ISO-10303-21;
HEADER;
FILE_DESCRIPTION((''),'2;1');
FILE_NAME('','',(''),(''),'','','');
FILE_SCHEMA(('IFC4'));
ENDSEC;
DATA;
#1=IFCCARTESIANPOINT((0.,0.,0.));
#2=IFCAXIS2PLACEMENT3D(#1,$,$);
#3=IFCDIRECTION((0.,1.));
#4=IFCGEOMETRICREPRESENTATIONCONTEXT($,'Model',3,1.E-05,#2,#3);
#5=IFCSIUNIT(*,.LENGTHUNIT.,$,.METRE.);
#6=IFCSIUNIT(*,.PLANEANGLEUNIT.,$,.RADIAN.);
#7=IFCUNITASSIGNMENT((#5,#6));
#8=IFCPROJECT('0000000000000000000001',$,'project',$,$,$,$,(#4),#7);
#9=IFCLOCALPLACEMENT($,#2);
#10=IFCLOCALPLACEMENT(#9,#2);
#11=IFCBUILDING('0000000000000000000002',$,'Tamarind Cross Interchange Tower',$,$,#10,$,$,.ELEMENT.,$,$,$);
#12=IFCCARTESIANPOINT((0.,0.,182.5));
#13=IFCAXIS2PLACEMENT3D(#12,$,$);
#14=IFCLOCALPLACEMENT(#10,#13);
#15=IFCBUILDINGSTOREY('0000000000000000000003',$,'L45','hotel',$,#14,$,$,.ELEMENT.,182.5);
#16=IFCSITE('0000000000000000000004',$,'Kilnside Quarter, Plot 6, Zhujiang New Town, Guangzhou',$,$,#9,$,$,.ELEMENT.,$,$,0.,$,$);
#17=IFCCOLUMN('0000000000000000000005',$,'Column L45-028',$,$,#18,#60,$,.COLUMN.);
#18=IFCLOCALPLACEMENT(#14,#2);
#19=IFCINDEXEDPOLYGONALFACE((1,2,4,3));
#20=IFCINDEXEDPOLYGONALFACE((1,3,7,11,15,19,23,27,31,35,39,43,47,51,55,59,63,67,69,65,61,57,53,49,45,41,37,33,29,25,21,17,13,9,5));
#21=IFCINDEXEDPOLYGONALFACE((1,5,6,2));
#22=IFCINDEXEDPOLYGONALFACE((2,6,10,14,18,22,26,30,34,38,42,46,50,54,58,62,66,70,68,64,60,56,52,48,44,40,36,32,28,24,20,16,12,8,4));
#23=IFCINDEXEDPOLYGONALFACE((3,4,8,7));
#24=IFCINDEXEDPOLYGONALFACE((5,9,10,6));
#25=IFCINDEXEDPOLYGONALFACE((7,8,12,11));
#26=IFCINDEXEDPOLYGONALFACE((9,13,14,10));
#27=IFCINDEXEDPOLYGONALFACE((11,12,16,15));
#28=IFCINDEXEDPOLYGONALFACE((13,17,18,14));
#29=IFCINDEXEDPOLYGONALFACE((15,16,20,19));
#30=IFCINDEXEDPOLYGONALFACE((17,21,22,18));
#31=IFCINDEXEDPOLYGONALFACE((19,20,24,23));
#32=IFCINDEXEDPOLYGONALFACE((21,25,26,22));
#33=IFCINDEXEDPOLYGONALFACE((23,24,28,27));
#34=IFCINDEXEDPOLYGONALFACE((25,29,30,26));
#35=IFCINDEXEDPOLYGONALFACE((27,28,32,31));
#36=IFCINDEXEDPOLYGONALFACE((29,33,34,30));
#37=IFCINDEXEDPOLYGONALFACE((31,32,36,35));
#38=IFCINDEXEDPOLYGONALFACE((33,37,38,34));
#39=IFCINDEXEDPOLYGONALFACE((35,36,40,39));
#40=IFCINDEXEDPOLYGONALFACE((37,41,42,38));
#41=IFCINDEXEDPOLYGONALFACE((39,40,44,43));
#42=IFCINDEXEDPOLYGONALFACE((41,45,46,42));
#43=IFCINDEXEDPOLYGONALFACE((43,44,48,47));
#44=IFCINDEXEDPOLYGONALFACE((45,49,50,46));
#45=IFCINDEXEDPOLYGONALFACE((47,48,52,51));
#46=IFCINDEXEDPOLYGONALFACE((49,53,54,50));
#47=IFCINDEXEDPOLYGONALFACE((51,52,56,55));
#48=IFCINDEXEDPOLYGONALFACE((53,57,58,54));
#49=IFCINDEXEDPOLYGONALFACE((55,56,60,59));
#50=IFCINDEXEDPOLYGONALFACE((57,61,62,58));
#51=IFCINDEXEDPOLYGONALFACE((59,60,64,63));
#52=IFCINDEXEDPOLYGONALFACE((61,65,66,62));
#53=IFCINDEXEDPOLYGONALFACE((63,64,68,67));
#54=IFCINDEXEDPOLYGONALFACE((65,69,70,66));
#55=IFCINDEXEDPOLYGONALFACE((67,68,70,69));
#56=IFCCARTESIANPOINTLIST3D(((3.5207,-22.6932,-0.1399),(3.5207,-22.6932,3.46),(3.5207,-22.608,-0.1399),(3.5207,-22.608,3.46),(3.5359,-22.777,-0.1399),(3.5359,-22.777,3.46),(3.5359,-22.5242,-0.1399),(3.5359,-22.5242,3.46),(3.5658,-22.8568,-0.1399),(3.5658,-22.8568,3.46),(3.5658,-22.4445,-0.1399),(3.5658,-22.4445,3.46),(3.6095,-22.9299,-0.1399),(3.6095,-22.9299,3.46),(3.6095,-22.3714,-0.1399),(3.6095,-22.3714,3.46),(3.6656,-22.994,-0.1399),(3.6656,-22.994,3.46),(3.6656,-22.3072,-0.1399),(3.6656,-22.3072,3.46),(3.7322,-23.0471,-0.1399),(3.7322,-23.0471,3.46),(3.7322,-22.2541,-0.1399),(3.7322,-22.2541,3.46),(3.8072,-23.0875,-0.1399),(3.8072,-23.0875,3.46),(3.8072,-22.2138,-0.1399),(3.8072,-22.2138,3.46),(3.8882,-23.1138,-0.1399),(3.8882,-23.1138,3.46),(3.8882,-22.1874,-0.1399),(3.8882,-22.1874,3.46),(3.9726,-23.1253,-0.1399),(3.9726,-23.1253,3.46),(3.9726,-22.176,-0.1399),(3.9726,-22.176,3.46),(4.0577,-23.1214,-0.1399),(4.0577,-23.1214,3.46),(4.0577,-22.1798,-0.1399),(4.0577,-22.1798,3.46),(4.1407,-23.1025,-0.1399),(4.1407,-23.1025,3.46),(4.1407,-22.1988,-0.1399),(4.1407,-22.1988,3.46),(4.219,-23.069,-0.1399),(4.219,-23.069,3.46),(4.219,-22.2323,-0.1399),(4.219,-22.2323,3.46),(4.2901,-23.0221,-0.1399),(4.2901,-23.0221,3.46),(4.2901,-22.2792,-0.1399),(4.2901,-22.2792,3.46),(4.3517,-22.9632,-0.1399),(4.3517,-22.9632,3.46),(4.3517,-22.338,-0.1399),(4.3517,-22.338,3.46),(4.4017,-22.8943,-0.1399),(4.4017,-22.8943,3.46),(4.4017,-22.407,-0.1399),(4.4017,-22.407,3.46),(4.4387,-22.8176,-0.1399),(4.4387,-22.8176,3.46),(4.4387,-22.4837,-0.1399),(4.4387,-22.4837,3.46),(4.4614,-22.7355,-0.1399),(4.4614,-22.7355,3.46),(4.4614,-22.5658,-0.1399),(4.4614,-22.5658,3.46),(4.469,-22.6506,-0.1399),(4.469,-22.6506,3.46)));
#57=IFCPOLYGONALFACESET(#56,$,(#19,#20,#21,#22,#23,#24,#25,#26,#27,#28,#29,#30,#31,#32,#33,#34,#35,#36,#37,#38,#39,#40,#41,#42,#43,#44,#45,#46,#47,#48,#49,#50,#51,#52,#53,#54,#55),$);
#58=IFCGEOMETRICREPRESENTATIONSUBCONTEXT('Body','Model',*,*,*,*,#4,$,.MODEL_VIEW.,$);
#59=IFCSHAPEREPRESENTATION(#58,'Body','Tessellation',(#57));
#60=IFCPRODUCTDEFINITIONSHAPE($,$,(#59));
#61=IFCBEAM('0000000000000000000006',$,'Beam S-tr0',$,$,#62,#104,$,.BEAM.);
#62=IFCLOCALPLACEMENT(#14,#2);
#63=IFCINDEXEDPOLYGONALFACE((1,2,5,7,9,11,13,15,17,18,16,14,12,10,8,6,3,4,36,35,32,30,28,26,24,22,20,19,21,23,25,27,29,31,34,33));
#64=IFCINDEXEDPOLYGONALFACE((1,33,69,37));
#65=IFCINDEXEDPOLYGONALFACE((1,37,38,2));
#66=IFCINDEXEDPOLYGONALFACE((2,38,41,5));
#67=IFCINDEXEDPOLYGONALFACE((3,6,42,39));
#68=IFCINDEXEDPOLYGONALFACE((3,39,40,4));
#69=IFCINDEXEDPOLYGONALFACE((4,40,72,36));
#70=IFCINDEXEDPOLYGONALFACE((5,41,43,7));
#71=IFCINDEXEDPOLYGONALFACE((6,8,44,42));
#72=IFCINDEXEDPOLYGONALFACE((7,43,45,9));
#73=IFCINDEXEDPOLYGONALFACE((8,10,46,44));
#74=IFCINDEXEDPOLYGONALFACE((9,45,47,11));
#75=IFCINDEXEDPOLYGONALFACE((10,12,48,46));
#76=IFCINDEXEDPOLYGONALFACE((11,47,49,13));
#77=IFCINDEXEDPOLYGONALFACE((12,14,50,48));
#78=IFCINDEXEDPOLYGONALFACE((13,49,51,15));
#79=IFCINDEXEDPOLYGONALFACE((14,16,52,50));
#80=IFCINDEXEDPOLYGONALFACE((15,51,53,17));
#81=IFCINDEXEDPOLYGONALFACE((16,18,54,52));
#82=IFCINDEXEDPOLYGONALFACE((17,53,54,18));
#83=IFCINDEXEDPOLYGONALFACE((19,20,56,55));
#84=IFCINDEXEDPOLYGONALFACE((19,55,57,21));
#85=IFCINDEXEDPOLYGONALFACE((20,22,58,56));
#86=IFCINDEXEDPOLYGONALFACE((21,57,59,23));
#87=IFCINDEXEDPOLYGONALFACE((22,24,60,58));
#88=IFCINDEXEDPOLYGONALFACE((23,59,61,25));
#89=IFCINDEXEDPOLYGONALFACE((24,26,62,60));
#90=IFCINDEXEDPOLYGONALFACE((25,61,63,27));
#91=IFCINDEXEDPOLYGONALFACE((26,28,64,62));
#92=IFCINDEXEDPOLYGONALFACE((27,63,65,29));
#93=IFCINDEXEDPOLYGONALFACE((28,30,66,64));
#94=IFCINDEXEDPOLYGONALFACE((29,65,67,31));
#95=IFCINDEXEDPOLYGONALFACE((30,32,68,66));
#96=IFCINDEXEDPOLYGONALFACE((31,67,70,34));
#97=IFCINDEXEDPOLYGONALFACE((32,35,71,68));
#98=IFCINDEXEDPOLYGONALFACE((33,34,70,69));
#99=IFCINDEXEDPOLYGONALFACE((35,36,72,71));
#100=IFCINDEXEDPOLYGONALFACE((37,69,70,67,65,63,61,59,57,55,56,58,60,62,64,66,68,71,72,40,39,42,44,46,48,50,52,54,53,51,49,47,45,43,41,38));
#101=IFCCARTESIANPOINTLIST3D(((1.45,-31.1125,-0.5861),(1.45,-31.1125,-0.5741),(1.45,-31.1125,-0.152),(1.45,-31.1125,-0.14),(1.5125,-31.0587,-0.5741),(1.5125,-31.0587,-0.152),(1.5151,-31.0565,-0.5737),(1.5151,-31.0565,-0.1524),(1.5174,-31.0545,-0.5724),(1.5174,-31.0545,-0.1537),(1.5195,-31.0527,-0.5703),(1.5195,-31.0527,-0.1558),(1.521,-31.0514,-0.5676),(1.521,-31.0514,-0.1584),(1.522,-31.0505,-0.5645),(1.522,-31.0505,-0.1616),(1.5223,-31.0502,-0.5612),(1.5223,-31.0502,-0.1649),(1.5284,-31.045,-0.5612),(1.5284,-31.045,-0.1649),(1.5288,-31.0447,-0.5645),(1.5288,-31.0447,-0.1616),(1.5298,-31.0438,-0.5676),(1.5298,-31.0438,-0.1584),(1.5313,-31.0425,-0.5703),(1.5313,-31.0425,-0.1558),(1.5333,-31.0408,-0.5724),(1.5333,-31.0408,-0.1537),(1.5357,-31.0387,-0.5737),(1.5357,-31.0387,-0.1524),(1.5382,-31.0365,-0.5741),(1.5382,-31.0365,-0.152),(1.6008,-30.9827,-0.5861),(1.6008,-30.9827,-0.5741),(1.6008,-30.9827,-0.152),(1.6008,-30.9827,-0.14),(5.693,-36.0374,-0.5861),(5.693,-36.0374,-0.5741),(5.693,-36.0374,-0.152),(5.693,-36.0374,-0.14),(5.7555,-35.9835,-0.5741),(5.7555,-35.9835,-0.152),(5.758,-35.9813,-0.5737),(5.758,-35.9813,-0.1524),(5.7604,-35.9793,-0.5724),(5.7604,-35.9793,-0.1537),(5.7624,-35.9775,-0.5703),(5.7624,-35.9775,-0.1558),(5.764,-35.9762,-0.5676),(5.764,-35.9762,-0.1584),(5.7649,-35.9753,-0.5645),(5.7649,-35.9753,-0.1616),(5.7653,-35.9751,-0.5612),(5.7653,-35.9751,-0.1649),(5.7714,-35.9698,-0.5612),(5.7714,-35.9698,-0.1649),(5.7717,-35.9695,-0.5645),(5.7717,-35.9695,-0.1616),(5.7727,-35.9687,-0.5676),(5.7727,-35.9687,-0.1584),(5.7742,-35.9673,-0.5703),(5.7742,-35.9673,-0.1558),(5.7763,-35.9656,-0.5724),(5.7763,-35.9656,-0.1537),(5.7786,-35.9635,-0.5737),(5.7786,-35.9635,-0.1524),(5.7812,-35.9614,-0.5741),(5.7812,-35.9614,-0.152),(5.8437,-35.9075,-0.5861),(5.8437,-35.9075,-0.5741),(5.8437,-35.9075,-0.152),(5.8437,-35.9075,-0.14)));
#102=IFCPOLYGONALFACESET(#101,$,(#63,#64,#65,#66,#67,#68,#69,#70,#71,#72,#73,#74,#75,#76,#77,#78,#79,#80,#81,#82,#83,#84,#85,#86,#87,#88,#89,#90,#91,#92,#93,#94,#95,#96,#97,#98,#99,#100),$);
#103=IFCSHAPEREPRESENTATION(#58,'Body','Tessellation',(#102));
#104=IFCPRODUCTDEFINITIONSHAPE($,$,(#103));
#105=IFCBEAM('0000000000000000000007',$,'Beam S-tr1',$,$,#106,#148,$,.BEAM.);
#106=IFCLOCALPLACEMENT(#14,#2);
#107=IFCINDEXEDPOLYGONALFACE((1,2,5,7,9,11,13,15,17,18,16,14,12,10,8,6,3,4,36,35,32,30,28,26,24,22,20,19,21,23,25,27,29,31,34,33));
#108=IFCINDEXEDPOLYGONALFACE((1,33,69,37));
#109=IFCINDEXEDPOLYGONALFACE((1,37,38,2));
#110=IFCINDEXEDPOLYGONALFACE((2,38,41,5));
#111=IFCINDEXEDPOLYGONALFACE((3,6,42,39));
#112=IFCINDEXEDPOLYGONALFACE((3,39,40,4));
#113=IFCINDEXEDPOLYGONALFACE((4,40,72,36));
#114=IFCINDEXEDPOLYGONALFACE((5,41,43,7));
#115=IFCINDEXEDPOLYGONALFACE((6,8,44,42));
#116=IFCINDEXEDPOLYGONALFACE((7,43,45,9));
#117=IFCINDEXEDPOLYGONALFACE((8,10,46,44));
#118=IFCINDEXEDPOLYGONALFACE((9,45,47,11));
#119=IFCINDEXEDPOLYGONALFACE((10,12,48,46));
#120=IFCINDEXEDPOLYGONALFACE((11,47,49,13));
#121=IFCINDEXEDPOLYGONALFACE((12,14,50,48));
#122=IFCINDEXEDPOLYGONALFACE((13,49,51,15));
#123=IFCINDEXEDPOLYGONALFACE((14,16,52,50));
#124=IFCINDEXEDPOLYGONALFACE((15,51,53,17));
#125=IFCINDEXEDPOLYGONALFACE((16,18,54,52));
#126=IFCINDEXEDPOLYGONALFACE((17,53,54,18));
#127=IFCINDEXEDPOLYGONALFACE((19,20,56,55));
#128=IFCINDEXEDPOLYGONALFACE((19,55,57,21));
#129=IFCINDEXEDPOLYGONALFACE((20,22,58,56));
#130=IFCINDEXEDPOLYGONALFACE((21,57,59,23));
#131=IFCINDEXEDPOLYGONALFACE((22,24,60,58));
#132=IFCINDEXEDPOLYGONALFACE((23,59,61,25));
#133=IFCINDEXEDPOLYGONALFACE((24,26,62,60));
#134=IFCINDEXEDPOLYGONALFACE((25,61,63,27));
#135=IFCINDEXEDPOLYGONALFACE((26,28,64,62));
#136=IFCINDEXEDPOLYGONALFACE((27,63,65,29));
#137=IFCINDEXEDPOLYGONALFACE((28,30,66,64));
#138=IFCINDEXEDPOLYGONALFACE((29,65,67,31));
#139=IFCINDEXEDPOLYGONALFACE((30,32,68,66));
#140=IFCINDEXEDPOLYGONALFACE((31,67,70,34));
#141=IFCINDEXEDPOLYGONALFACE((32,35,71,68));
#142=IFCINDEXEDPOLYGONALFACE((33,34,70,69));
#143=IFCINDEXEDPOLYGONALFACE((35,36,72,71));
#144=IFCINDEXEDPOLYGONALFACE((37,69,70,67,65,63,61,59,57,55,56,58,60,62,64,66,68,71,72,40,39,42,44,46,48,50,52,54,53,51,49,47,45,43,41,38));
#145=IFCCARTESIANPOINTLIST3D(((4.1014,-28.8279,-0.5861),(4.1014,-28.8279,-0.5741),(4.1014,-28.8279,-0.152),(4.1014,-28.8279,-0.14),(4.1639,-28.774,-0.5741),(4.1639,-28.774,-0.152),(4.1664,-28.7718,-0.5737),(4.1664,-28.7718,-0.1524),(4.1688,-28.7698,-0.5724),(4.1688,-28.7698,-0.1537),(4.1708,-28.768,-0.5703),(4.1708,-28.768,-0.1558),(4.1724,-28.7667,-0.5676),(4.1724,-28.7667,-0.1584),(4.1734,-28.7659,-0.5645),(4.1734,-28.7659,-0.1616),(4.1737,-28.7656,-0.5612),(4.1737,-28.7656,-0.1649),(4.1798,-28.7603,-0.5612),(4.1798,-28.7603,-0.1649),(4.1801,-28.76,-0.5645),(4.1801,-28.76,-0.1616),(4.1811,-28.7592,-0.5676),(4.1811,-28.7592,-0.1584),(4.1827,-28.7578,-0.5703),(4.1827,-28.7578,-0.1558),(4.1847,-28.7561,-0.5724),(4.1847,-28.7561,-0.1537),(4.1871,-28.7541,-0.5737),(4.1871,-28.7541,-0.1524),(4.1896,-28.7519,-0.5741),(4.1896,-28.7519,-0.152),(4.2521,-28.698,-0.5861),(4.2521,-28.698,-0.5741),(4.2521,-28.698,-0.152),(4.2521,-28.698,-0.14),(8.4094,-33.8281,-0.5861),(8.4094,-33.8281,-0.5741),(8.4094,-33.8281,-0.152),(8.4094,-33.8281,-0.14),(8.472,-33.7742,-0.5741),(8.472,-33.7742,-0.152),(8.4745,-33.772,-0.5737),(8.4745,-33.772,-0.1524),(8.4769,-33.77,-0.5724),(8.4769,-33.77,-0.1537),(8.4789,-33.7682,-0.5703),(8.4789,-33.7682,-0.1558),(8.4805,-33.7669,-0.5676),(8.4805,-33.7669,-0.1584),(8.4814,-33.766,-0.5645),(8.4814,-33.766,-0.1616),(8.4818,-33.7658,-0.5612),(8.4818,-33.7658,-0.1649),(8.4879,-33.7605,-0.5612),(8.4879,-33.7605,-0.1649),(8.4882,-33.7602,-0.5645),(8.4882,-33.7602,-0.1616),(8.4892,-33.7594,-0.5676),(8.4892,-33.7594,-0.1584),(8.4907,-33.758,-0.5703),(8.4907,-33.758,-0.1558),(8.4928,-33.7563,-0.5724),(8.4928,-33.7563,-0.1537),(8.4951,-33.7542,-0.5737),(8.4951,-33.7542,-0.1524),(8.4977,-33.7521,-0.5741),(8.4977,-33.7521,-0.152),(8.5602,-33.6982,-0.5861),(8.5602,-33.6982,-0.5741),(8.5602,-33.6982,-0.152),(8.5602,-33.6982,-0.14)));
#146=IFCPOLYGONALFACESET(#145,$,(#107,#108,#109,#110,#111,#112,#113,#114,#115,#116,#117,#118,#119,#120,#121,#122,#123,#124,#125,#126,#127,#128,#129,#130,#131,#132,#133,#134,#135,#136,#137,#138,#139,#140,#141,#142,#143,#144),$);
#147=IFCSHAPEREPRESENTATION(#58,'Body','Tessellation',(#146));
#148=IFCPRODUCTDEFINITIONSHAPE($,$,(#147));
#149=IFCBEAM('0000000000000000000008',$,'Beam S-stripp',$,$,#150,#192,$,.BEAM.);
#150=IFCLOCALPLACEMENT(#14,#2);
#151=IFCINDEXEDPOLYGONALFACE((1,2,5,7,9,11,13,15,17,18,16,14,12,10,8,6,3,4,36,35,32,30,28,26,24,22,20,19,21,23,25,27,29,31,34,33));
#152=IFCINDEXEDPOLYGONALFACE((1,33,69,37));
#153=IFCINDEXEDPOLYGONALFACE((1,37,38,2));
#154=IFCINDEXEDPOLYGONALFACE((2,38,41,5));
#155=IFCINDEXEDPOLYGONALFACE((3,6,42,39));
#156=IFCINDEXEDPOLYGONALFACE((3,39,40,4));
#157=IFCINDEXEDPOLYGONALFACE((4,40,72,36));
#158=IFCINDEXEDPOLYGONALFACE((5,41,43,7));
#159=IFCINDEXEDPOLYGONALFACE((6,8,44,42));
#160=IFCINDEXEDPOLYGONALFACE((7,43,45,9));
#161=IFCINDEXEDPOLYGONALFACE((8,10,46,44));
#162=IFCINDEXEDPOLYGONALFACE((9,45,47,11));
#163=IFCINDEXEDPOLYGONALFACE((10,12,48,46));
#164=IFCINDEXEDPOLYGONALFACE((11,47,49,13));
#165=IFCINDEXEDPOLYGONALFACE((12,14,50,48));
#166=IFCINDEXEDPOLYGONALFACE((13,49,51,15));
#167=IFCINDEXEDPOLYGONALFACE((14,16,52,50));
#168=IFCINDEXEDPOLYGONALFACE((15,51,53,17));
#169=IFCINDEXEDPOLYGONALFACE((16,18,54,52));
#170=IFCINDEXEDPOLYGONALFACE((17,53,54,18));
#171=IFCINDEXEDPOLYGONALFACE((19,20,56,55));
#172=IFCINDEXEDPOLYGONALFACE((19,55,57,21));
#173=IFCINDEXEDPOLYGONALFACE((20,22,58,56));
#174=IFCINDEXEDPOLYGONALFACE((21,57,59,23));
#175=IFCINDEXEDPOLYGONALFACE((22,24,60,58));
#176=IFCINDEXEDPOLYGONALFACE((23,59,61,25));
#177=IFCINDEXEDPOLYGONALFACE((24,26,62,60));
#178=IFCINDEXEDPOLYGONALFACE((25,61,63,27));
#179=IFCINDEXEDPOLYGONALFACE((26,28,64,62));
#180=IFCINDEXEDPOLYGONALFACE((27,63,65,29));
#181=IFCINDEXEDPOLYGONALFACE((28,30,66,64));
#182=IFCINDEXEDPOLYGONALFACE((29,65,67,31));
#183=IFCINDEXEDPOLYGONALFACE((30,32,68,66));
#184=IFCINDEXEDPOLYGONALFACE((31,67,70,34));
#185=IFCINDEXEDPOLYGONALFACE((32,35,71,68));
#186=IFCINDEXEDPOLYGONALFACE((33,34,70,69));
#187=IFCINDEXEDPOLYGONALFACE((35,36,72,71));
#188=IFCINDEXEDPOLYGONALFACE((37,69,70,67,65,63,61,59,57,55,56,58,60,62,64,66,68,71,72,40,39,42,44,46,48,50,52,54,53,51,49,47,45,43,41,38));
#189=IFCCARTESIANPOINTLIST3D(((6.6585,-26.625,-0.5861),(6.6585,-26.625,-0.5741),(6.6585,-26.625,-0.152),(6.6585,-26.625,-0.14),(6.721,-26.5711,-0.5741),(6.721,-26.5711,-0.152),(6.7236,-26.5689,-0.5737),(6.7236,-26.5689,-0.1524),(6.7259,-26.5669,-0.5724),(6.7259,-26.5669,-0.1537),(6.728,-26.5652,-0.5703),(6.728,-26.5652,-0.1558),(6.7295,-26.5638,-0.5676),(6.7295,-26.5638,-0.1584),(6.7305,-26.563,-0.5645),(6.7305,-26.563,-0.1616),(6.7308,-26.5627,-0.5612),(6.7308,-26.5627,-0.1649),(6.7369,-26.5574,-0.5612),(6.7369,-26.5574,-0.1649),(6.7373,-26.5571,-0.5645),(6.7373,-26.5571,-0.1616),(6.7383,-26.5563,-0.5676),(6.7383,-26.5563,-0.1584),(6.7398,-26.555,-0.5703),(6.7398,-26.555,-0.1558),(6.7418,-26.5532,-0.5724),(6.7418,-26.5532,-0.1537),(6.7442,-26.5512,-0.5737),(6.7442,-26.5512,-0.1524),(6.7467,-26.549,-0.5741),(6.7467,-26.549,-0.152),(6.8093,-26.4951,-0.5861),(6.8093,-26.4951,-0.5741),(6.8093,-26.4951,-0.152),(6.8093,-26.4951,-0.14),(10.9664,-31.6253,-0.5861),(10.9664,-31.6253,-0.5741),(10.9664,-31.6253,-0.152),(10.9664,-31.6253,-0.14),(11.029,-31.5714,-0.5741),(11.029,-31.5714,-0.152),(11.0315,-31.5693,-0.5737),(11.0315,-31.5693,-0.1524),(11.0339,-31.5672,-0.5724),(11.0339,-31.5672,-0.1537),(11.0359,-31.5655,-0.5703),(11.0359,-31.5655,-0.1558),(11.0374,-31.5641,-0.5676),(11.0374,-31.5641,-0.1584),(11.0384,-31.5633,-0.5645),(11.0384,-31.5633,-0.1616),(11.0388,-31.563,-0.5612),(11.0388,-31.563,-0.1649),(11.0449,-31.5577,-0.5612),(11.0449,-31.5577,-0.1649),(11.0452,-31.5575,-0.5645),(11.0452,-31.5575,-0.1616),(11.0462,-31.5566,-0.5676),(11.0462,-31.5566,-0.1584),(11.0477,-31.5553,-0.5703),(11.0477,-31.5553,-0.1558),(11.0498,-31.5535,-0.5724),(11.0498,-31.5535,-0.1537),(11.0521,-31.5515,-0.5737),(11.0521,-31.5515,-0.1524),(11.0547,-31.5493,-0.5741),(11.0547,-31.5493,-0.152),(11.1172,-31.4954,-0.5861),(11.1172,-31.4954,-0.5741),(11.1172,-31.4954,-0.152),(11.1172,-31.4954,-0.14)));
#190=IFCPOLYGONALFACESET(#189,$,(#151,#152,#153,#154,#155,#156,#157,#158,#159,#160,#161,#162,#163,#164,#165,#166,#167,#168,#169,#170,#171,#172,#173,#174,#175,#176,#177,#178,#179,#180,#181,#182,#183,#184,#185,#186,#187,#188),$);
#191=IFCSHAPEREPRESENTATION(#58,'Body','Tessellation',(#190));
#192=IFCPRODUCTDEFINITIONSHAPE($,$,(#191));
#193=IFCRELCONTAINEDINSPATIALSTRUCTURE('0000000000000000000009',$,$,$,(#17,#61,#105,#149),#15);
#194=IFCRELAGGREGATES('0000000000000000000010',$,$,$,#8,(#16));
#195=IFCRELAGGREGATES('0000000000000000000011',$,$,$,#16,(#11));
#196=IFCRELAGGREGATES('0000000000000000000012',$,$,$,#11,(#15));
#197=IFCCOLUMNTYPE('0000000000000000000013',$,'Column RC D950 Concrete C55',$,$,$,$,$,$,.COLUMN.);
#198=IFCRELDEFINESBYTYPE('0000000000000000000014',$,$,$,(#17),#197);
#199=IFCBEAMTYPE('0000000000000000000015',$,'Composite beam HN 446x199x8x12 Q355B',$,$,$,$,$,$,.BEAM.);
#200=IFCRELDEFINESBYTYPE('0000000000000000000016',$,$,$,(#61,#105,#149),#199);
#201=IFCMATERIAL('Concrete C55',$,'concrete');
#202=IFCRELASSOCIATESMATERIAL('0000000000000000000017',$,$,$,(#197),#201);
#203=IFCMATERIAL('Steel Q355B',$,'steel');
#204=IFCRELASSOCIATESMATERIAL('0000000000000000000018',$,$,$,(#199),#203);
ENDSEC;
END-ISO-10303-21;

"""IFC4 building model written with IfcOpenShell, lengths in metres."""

from ifc_helpers import new_model, si_unit, direction, frame, origin, origin_2d, place, context, subcontext, project, spatial, circle, i_section, extrude, material, material_profile, profile_set, type_object, element, save


model = new_model("IFC4")

# Units and contexts
model_context = context("Model", 3, precision=1e-05, world=origin(), true_north=direction((0.0, 1.0)))
body_context = subcontext(model_context, "Body", "Model", "MODEL_VIEW")
ifc_project = project(units=[si_unit("LENGTHUNIT", "METRE"), si_unit("PLANEANGLEUNIT", "RADIAN")], contexts=[model_context])

# Site, building, storey
site_placement = place(None, origin())
site = spatial("IfcSite", under=ifc_project, at=site_placement, Name="Kilnside Quarter, Plot 6, Zhujiang New Town, Guangzhou", CompositionType="ELEMENT", RefElevation=0.0)
building_placement = place(site_placement, origin())
building = spatial("IfcBuilding", under=site, at=building_placement, Name="Tamarind Cross Interchange Tower", CompositionType="ELEMENT")
storey_placement = place(building_placement, frame((0.0, 0.0, 182.5)))
storey = spatial("IfcBuildingStorey", under=building, at=storey_placement, Name="L45", Description="hotel", CompositionType="ELEMENT", Elevation=182.5)

# Column
ifc_material_1 = material(Name="Concrete C55", Category="concrete")
ifc_material_profile_1 = material_profile(ifc_material_1, circle(Radius=0.4751, at=origin_2d()), Name="RC D950")
ifc_profile_set_1 = profile_set([ifc_material_profile_1], Name="Concrete C55")
column_type = type_object("IfcColumnType", Name="Column RC D950 Concrete C55", PredefinedType="COLUMN", material=ifc_profile_set_1)
column_placement = place(storey_placement, frame((3.9939, -22.6506, -0.1399), z_axis=(0.0, 0.0, 1.0), x_axis=(1.0, 0.0, 0.0)))
element("IfcColumn", 1, at=column_placement, inside=storey, type_object=column_type, Name="Column L45-028", PredefinedType="COLUMN", context=body_context, shape_type="SweptSolid", body=[
    extrude(circle(Radius=0.4751, at=origin_2d()), origin(), (0.0, 0.0, 1.0), 3.5999),
])

# Beams
ifc_material_2 = material(Name="Steel Q355B", Category="steel")
ifc_material_profile_2 = material_profile(ifc_material_2, i_section(OverallWidth=0.199, OverallDepth=0.446, WebThickness=0.0081, FlangeThickness=0.012, FilletRadius=0.0129, at=origin_2d()), Name="HN 446x199x8x12")
ifc_profile_set_2 = profile_set([ifc_material_profile_2], Name="Steel Q355B")
beam_type = type_object("IfcBeamType", Name="Composite beam HN 446x199x8x12 Q355B", PredefinedType="BEAM", material=ifc_profile_set_2)
beam_placement = place(storey_placement, frame((1.5254, -31.0476, -0.363), z_axis=(0.65271, -0.757608, 0.0), x_axis=(0.757608, 0.65271, 0.0)))
element("IfcBeam", 2, at=beam_placement, inside=storey, type_object=beam_type, Name="Beam S-tr0", PredefinedType="BEAM", context=body_context, shape_type="SweptSolid", body=[
    extrude(i_section(OverallWidth=0.199, OverallDepth=0.446, WebThickness=0.0081, FlangeThickness=0.012, FilletRadius=0.0129, at=origin_2d()), origin(), (0.0, 0.0, 1.0), 6.5005),
])
for number, where, z_axis, x_axis, name in (
    (3, (4.1768, -28.7629, -0.363), (0.652727, -0.757593, 0.0), (0.757593, 0.652727, 0.0), "Beam S-tr1"),
    (4, (6.7339, -26.5601, -0.363), (0.652705, -0.757612, 0.0), (0.757612, 0.652705, 0.0), "Beam S-stripp"),
):
    element("IfcBeam", number, at=place(storey_placement, frame(where, z_axis=z_axis, x_axis=x_axis)), inside=storey, type_object=beam_type, Name=name, PredefinedType="BEAM", context=body_context, shape_type="SweptSolid", body=[
        extrude(i_section(OverallWidth=0.199, OverallDepth=0.446, WebThickness=0.0081, FlangeThickness=0.012, FilletRadius=0.0129, at=origin_2d()), origin(), (0.0, 0.0, 1.0), 6.6001),
    ])

save(model, "model.ifc")
